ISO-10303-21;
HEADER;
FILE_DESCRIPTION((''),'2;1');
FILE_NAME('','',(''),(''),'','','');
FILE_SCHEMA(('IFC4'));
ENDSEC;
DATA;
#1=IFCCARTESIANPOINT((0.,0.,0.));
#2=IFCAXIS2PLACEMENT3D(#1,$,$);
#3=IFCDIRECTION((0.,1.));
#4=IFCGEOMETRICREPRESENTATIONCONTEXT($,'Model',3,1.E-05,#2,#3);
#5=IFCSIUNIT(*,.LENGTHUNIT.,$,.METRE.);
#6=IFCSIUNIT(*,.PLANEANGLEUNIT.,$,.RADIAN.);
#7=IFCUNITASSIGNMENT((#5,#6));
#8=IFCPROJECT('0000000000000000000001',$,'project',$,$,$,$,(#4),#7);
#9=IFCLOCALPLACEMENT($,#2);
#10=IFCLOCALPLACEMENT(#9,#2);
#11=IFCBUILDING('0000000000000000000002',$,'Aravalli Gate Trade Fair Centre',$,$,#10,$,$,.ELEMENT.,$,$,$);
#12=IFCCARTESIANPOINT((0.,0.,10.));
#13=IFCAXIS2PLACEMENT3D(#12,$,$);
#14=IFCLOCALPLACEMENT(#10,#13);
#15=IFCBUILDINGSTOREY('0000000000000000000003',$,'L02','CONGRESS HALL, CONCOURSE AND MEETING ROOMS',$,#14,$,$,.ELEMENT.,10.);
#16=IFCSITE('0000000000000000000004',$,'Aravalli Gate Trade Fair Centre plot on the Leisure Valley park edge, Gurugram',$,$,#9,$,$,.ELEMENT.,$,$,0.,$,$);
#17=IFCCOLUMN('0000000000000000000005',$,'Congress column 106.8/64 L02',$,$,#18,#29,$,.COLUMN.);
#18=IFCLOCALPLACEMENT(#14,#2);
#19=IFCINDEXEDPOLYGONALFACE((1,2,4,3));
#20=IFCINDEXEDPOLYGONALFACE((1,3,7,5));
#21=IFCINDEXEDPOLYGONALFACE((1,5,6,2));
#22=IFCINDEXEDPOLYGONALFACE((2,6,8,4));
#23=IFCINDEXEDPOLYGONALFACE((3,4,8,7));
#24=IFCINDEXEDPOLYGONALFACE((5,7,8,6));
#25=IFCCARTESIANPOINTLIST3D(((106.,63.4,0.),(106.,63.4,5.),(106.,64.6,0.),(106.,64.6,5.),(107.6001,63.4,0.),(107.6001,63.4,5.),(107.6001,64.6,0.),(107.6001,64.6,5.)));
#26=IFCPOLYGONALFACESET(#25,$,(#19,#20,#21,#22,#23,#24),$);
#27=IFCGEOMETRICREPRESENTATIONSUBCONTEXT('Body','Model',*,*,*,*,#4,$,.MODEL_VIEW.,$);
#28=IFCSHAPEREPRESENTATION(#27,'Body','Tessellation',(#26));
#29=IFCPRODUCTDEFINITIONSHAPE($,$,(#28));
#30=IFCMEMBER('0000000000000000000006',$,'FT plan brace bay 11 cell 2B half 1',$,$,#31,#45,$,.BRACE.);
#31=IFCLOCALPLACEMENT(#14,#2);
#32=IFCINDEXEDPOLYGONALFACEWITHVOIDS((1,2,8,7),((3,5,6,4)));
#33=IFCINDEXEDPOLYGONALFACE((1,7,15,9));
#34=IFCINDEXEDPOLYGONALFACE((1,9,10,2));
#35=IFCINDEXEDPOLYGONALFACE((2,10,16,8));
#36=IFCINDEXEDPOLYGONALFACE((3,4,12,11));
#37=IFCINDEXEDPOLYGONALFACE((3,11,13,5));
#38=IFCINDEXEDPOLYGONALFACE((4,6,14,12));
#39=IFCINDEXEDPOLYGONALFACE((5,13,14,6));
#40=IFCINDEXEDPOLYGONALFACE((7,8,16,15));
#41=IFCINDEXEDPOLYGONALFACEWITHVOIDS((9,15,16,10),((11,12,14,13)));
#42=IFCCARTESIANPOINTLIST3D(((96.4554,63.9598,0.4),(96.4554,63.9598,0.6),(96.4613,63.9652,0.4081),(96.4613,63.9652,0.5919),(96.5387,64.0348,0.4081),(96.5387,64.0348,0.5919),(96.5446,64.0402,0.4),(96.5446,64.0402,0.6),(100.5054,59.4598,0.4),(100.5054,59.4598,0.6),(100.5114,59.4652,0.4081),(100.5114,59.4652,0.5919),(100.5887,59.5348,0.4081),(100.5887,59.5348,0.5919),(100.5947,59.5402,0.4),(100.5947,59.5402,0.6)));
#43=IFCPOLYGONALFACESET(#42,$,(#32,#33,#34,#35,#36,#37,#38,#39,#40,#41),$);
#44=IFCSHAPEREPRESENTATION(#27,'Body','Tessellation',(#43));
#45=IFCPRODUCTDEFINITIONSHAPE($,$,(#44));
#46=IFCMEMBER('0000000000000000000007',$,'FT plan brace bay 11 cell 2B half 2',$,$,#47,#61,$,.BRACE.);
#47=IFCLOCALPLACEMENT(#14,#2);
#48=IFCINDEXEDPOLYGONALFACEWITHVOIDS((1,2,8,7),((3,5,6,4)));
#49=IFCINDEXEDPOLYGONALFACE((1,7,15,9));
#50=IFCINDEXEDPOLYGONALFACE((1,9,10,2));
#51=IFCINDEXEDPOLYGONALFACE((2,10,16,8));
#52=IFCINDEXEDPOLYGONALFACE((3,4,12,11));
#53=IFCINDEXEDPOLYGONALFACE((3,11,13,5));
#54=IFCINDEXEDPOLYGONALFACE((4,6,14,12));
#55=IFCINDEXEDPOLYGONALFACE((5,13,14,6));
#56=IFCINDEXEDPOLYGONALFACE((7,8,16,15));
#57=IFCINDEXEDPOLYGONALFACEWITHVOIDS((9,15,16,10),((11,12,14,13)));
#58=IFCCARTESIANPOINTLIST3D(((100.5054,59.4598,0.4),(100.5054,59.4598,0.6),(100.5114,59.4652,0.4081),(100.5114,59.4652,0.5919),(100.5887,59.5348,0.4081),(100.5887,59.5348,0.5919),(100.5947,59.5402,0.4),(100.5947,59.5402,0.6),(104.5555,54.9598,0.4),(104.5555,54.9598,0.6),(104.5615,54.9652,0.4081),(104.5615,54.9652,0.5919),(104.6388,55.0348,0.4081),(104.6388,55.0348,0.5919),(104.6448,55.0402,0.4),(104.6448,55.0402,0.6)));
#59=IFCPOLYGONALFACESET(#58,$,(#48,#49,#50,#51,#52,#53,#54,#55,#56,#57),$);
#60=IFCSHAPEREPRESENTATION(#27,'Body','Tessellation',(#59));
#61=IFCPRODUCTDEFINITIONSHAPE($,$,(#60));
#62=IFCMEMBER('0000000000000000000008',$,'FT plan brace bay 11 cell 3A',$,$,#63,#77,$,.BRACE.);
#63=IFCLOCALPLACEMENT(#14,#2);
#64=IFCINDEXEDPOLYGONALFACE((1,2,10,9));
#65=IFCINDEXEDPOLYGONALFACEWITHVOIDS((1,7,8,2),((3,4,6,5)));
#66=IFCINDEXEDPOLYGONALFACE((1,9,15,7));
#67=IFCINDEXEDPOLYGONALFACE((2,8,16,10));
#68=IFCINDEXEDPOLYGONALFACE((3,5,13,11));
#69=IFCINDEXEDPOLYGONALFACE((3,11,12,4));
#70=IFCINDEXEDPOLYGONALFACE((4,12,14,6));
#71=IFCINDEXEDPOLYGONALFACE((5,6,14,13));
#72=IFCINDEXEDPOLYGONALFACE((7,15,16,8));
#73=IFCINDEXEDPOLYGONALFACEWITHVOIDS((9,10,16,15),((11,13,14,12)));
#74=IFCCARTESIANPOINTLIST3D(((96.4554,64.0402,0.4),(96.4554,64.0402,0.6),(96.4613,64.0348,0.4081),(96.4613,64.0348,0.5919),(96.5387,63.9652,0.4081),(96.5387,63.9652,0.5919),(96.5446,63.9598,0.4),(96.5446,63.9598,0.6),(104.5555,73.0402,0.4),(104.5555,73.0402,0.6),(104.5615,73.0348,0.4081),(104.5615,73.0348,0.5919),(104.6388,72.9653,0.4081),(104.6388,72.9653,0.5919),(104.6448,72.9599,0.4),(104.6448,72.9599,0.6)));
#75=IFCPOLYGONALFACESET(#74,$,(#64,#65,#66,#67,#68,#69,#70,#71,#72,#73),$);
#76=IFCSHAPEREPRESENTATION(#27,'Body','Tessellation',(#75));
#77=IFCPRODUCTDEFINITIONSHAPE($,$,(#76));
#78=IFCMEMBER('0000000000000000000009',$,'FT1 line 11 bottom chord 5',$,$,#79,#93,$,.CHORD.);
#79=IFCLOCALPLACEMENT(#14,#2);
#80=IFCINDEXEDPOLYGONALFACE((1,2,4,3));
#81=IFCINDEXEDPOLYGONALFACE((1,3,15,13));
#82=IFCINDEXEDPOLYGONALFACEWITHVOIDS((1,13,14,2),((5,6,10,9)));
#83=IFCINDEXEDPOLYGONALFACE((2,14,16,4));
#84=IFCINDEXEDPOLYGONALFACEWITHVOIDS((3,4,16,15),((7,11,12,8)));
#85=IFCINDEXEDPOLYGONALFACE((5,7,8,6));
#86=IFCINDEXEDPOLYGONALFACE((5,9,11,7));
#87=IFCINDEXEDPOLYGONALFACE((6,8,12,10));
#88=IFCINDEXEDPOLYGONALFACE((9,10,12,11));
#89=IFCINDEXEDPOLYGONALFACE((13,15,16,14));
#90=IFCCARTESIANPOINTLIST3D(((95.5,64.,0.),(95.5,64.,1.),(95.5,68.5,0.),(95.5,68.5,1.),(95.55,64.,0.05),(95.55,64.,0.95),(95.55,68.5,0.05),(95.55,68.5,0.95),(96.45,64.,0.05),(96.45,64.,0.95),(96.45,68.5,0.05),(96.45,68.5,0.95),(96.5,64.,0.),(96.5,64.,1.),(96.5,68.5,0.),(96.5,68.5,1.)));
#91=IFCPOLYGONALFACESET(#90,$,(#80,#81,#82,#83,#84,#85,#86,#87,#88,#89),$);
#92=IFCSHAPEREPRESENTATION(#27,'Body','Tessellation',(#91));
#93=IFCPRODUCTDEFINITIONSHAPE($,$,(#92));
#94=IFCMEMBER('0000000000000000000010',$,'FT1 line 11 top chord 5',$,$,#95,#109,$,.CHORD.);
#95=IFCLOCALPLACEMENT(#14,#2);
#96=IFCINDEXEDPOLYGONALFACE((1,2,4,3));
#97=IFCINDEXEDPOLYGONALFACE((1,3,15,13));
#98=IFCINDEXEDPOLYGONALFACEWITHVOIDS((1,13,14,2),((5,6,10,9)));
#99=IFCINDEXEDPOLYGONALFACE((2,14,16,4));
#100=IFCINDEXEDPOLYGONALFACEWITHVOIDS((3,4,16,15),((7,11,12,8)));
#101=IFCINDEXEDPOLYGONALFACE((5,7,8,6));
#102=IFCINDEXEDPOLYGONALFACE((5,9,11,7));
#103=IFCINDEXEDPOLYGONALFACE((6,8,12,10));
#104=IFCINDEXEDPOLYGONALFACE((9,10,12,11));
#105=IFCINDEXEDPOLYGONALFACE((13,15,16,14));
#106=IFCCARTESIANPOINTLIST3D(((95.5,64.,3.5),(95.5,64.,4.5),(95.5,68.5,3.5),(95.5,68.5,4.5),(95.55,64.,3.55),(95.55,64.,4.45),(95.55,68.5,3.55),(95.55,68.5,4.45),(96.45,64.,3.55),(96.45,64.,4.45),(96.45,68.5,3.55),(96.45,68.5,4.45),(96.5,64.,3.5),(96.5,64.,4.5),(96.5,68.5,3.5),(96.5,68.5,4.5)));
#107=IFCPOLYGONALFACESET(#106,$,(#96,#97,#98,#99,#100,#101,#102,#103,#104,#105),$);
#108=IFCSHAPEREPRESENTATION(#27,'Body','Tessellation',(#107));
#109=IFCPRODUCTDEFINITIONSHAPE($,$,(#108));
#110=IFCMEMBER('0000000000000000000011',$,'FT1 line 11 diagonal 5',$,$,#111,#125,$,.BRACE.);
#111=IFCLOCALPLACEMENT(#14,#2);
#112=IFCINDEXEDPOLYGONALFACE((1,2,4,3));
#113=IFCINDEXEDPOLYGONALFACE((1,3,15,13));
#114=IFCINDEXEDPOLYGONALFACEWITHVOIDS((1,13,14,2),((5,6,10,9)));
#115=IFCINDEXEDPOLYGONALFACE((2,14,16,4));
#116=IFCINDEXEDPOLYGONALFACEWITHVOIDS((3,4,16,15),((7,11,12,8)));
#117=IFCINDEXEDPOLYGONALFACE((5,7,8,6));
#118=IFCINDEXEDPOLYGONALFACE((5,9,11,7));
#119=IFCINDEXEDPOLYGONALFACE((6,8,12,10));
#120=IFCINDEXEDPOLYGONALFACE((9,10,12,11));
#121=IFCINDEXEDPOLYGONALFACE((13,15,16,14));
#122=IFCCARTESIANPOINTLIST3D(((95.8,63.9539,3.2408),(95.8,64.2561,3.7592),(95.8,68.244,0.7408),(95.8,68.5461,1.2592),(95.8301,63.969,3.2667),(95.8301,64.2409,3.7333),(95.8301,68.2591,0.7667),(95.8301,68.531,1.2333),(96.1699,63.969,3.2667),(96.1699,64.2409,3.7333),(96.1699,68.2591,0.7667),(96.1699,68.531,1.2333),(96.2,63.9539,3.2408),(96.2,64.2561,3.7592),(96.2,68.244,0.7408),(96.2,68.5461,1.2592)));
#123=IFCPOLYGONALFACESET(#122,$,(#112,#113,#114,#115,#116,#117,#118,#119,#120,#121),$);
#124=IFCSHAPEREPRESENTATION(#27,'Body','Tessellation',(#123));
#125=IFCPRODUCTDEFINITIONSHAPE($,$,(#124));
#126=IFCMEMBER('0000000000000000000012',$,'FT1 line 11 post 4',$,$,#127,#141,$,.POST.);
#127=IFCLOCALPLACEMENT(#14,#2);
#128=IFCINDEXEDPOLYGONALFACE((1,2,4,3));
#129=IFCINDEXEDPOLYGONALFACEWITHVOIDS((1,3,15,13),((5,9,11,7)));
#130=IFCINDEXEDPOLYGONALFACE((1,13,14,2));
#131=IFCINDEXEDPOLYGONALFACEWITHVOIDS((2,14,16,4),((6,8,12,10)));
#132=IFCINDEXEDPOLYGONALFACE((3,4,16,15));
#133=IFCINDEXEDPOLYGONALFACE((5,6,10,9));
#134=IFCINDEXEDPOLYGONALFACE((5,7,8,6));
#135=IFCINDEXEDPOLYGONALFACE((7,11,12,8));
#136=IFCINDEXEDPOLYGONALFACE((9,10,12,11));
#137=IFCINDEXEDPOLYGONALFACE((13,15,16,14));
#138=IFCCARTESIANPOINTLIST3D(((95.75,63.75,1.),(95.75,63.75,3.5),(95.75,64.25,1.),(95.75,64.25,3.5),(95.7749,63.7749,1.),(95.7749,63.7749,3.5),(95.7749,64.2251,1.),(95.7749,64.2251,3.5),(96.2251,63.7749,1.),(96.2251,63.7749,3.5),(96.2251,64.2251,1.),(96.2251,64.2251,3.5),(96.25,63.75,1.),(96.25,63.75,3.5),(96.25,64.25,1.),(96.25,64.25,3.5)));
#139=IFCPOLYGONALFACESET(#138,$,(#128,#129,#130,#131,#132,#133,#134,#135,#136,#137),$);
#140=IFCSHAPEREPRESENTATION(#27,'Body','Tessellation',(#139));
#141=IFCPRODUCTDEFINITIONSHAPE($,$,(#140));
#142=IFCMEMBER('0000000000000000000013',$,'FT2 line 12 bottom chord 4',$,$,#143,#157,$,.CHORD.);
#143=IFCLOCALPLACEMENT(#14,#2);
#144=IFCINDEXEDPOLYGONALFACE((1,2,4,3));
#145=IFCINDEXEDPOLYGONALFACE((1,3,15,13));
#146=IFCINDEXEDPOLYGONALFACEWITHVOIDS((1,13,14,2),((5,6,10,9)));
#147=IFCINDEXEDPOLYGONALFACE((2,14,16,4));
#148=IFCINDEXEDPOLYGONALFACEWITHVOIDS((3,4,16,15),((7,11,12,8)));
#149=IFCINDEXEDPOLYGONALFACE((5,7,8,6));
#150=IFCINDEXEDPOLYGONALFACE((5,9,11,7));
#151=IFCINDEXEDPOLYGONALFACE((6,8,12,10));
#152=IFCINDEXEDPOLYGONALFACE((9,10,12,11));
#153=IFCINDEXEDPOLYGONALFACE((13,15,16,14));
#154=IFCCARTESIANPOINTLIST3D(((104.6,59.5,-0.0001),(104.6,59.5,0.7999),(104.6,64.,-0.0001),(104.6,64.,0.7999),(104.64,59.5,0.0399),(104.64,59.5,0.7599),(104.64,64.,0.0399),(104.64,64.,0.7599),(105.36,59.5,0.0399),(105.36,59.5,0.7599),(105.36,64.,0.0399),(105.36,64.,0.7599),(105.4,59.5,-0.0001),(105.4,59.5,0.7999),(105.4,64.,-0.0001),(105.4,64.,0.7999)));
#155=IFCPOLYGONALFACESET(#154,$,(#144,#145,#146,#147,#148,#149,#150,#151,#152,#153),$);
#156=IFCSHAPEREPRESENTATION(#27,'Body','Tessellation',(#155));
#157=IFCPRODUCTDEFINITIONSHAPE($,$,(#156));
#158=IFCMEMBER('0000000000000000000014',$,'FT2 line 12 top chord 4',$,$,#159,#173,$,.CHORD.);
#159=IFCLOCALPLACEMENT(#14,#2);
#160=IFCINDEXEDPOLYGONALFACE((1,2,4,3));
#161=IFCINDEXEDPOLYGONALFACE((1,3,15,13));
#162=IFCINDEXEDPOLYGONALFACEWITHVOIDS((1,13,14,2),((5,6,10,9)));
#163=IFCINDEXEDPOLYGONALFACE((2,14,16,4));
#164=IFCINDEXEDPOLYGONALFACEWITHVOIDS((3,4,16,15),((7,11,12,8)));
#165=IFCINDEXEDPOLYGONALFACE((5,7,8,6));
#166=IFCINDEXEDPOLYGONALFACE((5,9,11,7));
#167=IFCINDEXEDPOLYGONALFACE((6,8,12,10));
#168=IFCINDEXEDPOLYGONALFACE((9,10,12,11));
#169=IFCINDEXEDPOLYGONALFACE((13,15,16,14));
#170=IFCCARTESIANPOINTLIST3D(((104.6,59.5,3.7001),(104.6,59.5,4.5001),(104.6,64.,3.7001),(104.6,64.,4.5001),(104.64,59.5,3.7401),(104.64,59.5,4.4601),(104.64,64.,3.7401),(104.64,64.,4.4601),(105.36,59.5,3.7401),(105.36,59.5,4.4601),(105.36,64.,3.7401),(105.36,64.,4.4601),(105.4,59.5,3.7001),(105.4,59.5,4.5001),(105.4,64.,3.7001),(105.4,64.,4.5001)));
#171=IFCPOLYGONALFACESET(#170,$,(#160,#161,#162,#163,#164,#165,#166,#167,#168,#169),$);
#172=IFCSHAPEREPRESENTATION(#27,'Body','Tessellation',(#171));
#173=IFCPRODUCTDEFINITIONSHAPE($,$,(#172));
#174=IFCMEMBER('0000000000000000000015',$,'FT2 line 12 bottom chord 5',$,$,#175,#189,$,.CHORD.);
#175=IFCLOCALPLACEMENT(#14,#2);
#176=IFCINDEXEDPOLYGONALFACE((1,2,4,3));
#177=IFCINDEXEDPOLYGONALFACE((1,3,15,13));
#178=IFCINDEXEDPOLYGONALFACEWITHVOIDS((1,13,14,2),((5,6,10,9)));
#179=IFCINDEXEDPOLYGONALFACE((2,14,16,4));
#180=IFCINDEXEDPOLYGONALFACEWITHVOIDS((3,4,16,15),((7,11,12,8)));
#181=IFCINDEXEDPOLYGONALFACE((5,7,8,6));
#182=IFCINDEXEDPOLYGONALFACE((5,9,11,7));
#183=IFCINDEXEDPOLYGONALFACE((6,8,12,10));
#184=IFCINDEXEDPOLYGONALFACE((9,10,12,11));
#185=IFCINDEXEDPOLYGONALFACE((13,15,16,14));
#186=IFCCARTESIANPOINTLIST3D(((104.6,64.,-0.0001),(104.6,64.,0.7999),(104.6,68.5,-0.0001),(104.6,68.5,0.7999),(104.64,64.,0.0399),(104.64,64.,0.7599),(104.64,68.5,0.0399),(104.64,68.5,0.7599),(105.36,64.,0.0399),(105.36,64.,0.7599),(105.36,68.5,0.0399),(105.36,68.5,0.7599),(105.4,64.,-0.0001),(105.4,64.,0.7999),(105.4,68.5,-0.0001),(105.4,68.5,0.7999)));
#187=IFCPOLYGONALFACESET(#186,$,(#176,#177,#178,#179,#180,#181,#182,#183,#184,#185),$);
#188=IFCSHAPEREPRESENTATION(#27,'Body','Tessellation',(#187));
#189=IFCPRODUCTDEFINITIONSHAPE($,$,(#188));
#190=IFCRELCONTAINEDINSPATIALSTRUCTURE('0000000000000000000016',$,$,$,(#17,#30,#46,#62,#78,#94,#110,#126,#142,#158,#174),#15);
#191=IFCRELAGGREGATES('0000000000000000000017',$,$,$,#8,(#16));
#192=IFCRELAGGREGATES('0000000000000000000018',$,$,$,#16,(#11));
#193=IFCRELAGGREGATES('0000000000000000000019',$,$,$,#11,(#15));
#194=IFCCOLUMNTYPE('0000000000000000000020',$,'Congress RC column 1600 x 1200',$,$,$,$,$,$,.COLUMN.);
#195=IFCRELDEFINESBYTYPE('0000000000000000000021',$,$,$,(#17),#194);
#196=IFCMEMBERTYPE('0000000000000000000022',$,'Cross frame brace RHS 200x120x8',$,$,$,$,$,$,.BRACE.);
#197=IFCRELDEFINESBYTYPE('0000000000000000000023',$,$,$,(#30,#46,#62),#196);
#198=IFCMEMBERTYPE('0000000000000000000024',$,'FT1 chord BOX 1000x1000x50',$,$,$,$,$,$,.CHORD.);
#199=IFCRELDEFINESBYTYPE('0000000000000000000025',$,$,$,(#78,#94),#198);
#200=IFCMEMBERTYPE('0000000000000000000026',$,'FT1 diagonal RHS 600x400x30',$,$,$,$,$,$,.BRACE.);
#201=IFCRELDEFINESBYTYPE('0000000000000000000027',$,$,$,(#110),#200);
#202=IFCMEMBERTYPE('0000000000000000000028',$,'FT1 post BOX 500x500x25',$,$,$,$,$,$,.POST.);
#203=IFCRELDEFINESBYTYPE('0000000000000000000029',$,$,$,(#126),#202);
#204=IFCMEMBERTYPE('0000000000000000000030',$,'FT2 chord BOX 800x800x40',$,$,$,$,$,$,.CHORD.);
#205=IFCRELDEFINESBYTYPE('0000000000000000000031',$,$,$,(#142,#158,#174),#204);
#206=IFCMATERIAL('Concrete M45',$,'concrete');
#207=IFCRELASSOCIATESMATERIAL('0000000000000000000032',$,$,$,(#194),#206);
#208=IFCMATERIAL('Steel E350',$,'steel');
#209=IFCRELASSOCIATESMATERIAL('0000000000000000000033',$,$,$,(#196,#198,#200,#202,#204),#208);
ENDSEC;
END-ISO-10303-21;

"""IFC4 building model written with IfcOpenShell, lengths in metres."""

from ifc_helpers import new_model, si_unit, direction, frame, origin, origin_2d, place, context, subcontext, project, spatial, rectangle, hollow_rectangle, extrude, material, material_profile, profile_set, type_object, element, save


model = new_model("IFC4")

# Units and contexts
model_context = context("Model", 3, precision=1e-05, world=origin(), true_north=direction((0.0, 1.0)))
body_context = subcontext(model_context, "Body", "Model", "MODEL_VIEW")
ifc_project = project(units=[si_unit("LENGTHUNIT", "METRE"), si_unit("PLANEANGLEUNIT", "RADIAN")], contexts=[model_context])

# Site, building, storey
site_placement = place(None, origin())
site = spatial("IfcSite", under=ifc_project, at=site_placement, Name="Aravalli Gate Trade Fair Centre plot on the Leisure Valley park edge, Gurugram", CompositionType="ELEMENT", RefElevation=0.0)
building_placement = place(site_placement, origin())
building = spatial("IfcBuilding", under=site, at=building_placement, Name="Aravalli Gate Trade Fair Centre", CompositionType="ELEMENT")
storey_placement = place(building_placement, frame((0.0, 0.0, 10.0)))
storey = spatial("IfcBuildingStorey", under=building, at=storey_placement, Name="L02", Description="CONGRESS HALL, CONCOURSE AND MEETING ROOMS", CompositionType="ELEMENT", Elevation=10.0)

# Column
ifc_material_1 = material(Name="Concrete M45", Category="concrete")
ifc_material_profile_1 = material_profile(ifc_material_1, rectangle(XDim=1.6001, YDim=1.2, at=origin_2d()), Name="RC 1600x1200")
ifc_profile_set_1 = profile_set([ifc_material_profile_1], Name="Concrete M45")
column_type = type_object("IfcColumnType", Name="Congress RC column 1600 x 1200", PredefinedType="COLUMN", material=ifc_profile_set_1)
column_placement = place(storey_placement, frame((106.8, 64.0, 0.0), z_axis=(0.0, 0.0, 1.0), x_axis=(1.0, 0.0, 0.0)))
element("IfcColumn", 1, at=column_placement, inside=storey, type_object=column_type, Name="Congress column 106.8/64 L02", PredefinedType="COLUMN", context=body_context, shape_type="SweptSolid", body=[
    extrude(rectangle(XDim=1.6001, YDim=1.2, at=origin_2d()), origin(), (0.0, 0.0, 1.0), 5.0),
])

# Members
ifc_material_2 = material(Name="Steel E350", Category="steel")
ifc_material_profile_2 = material_profile(ifc_material_2, hollow_rectangle(XDim=0.1201, YDim=0.2, WallThickness=0.0081, at=origin_2d()), Name="RHS 200x120x8")
ifc_profile_set_2 = profile_set([ifc_material_profile_2], Name="Steel E350")
member_type_1 = type_object("IfcMemberType", Name="Cross frame brace RHS 200x120x8", PredefinedType="BRACE", material=ifc_profile_set_2)
for number, where, z_axis, x_axis, name in (
    (2, (96.5, 64.0, 0.5), (0.668969, -0.74329, 0.0), (0.74329, 0.668969, 0.0), "FT plan brace bay 11 cell 2B half 1"),
    (3, (100.55, 59.5, 0.5), (0.668969, -0.74329, 0.0), (0.74329, 0.668969, 0.0), "FT plan brace bay 11 cell 2B half 2"),
):
    element("IfcMember", number, at=place(storey_placement, frame(where, z_axis=z_axis, x_axis=x_axis)), inside=storey, type_object=member_type_1, Name=name, PredefinedType="BRACE", context=body_context, shape_type="SweptSolid", body=[
        extrude(hollow_rectangle(XDim=0.1201, YDim=0.2, WallThickness=0.0081, at=origin_2d()), origin(), (0.0, 0.0, 1.0), 6.0542),
    ])
member_1_placement = place(storey_placement, frame((96.5, 64.0, 0.5), z_axis=(0.668969, 0.74329, 0.0), x_axis=(-0.74329, 0.668969, 0.0)))
element("IfcMember", 4, at=member_1_placement, inside=storey, type_object=member_type_1, Name="FT plan brace bay 11 cell 3A", PredefinedType="BRACE", context=body_context, shape_type="SweptSolid", body=[
    extrude(hollow_rectangle(XDim=0.1201, YDim=0.2, WallThickness=0.0081, at=origin_2d()), origin(), (0.0, 0.0, 1.0), 12.1084),
])
ifc_material_profile_3 = material_profile(ifc_material_2, hollow_rectangle(XDim=1.0, YDim=1.0, WallThickness=0.05, at=origin_2d()), Name="BOX 1000x1000x50")
ifc_profile_set_3 = profile_set([ifc_material_profile_3], Name="Steel E350")
member_type_2 = type_object("IfcMemberType", Name="FT1 chord BOX 1000x1000x50", PredefinedType="CHORD", material=ifc_profile_set_3)
for number, where, z_axis, x_axis, name in (
    (5, (96.0, 64.0, 0.5), (0.0, 1.0, 0.0), (-1.0, 0.0, 0.0), "FT1 line 11 bottom chord 5"),
    (6, (96.0, 64.0, 4.0), (0.0, 1.0, 0.0), (-1.0, 0.0, 0.0), "FT1 line 11 top chord 5"),
):
    element("IfcMember", number, at=place(storey_placement, frame(where, z_axis=z_axis, x_axis=x_axis)), inside=storey, type_object=member_type_2, Name=name, PredefinedType="CHORD", context=body_context, shape_type="SweptSolid", body=[
        extrude(hollow_rectangle(XDim=1.0, YDim=1.0, WallThickness=0.05, at=origin_2d()), origin(), (0.0, 0.0, 1.0), 4.5),
    ])
ifc_material_profile_4 = material_profile(ifc_material_2, hollow_rectangle(XDim=0.3999, YDim=0.6001, WallThickness=0.03, at=origin_2d()), Name="RHS 600x400x30")
ifc_profile_set_4 = profile_set([ifc_material_profile_4], Name="Steel E350")
member_type_3 = type_object("IfcMemberType", Name="FT1 diagonal RHS 600x400x30", PredefinedType="BRACE", material=ifc_profile_set_4)
member_2_placement = place(storey_placement, frame((96.0, 64.105, 3.5), z_axis=(0.0, 0.864, -0.503492), x_axis=(-1.0, 0.0, 0.0)))
element("IfcMember", 7, at=member_2_placement, inside=storey, type_object=member_type_3, Name="FT1 line 11 diagonal 5", PredefinedType="BRACE", context=body_context, shape_type="SweptSolid", body=[
    extrude(hollow_rectangle(XDim=0.3999, YDim=0.6001, WallThickness=0.03, at=origin_2d()), origin(), (0.0, 0.0, 1.0), 4.9653),
])
ifc_material_profile_5 = material_profile(ifc_material_2, hollow_rectangle(XDim=0.5, YDim=0.5, WallThickness=0.0249, at=origin_2d()), Name="BOX 500x500x25")
ifc_profile_set_5 = profile_set([ifc_material_profile_5], Name="Steel E350")
member_type_4 = type_object("IfcMemberType", Name="FT1 post BOX 500x500x25", PredefinedType="POST", material=ifc_profile_set_5)
member_3_placement = place(storey_placement, frame((96.0, 64.0, 1.0), z_axis=(0.0, 0.0, 1.0), x_axis=(1.0, 0.0, 0.0)))
element("IfcMember", 8, at=member_3_placement, inside=storey, type_object=member_type_4, Name="FT1 line 11 post 4", PredefinedType="POST", context=body_context, shape_type="SweptSolid", body=[
    extrude(hollow_rectangle(XDim=0.5, YDim=0.5, WallThickness=0.0249, at=origin_2d()), origin(), (0.0, 0.0, 1.0), 2.5),
])
ifc_material_profile_6 = material_profile(ifc_material_2, hollow_rectangle(XDim=0.8, YDim=0.8, WallThickness=0.04, at=origin_2d()), Name="BOX 800x800x40")
ifc_profile_set_6 = profile_set([ifc_material_profile_6], Name="Steel E350")
member_type_5 = type_object("IfcMemberType", Name="FT2 chord BOX 800x800x40", PredefinedType="CHORD", material=ifc_profile_set_6)
for number, where, z_axis, x_axis, name in (
    (9, (105.0, 59.5, 0.3999), (0.0, 1.0, 0.0), (-1.0, 0.0, 0.0), "FT2 line 12 bottom chord 4"),
    (10, (105.0, 59.5, 4.1001), (0.0, 1.0, 0.0), (-1.0, 0.0, 0.0), "FT2 line 12 top chord 4"),
    (11, (105.0, 64.0, 0.3999), (0.0, 1.0, 0.0), (-1.0, 0.0, 0.0), "FT2 line 12 bottom chord 5"),
):
    element("IfcMember", number, at=place(storey_placement, frame(where, z_axis=z_axis, x_axis=x_axis)), inside=storey, type_object=member_type_5, Name=name, PredefinedType="CHORD", context=body_context, shape_type="SweptSolid", body=[
        extrude(hollow_rectangle(XDim=0.8, YDim=0.8, WallThickness=0.04, at=origin_2d()), origin(), (0.0, 0.0, 1.0), 4.5),
    ])

save(model, "model.ifc")
